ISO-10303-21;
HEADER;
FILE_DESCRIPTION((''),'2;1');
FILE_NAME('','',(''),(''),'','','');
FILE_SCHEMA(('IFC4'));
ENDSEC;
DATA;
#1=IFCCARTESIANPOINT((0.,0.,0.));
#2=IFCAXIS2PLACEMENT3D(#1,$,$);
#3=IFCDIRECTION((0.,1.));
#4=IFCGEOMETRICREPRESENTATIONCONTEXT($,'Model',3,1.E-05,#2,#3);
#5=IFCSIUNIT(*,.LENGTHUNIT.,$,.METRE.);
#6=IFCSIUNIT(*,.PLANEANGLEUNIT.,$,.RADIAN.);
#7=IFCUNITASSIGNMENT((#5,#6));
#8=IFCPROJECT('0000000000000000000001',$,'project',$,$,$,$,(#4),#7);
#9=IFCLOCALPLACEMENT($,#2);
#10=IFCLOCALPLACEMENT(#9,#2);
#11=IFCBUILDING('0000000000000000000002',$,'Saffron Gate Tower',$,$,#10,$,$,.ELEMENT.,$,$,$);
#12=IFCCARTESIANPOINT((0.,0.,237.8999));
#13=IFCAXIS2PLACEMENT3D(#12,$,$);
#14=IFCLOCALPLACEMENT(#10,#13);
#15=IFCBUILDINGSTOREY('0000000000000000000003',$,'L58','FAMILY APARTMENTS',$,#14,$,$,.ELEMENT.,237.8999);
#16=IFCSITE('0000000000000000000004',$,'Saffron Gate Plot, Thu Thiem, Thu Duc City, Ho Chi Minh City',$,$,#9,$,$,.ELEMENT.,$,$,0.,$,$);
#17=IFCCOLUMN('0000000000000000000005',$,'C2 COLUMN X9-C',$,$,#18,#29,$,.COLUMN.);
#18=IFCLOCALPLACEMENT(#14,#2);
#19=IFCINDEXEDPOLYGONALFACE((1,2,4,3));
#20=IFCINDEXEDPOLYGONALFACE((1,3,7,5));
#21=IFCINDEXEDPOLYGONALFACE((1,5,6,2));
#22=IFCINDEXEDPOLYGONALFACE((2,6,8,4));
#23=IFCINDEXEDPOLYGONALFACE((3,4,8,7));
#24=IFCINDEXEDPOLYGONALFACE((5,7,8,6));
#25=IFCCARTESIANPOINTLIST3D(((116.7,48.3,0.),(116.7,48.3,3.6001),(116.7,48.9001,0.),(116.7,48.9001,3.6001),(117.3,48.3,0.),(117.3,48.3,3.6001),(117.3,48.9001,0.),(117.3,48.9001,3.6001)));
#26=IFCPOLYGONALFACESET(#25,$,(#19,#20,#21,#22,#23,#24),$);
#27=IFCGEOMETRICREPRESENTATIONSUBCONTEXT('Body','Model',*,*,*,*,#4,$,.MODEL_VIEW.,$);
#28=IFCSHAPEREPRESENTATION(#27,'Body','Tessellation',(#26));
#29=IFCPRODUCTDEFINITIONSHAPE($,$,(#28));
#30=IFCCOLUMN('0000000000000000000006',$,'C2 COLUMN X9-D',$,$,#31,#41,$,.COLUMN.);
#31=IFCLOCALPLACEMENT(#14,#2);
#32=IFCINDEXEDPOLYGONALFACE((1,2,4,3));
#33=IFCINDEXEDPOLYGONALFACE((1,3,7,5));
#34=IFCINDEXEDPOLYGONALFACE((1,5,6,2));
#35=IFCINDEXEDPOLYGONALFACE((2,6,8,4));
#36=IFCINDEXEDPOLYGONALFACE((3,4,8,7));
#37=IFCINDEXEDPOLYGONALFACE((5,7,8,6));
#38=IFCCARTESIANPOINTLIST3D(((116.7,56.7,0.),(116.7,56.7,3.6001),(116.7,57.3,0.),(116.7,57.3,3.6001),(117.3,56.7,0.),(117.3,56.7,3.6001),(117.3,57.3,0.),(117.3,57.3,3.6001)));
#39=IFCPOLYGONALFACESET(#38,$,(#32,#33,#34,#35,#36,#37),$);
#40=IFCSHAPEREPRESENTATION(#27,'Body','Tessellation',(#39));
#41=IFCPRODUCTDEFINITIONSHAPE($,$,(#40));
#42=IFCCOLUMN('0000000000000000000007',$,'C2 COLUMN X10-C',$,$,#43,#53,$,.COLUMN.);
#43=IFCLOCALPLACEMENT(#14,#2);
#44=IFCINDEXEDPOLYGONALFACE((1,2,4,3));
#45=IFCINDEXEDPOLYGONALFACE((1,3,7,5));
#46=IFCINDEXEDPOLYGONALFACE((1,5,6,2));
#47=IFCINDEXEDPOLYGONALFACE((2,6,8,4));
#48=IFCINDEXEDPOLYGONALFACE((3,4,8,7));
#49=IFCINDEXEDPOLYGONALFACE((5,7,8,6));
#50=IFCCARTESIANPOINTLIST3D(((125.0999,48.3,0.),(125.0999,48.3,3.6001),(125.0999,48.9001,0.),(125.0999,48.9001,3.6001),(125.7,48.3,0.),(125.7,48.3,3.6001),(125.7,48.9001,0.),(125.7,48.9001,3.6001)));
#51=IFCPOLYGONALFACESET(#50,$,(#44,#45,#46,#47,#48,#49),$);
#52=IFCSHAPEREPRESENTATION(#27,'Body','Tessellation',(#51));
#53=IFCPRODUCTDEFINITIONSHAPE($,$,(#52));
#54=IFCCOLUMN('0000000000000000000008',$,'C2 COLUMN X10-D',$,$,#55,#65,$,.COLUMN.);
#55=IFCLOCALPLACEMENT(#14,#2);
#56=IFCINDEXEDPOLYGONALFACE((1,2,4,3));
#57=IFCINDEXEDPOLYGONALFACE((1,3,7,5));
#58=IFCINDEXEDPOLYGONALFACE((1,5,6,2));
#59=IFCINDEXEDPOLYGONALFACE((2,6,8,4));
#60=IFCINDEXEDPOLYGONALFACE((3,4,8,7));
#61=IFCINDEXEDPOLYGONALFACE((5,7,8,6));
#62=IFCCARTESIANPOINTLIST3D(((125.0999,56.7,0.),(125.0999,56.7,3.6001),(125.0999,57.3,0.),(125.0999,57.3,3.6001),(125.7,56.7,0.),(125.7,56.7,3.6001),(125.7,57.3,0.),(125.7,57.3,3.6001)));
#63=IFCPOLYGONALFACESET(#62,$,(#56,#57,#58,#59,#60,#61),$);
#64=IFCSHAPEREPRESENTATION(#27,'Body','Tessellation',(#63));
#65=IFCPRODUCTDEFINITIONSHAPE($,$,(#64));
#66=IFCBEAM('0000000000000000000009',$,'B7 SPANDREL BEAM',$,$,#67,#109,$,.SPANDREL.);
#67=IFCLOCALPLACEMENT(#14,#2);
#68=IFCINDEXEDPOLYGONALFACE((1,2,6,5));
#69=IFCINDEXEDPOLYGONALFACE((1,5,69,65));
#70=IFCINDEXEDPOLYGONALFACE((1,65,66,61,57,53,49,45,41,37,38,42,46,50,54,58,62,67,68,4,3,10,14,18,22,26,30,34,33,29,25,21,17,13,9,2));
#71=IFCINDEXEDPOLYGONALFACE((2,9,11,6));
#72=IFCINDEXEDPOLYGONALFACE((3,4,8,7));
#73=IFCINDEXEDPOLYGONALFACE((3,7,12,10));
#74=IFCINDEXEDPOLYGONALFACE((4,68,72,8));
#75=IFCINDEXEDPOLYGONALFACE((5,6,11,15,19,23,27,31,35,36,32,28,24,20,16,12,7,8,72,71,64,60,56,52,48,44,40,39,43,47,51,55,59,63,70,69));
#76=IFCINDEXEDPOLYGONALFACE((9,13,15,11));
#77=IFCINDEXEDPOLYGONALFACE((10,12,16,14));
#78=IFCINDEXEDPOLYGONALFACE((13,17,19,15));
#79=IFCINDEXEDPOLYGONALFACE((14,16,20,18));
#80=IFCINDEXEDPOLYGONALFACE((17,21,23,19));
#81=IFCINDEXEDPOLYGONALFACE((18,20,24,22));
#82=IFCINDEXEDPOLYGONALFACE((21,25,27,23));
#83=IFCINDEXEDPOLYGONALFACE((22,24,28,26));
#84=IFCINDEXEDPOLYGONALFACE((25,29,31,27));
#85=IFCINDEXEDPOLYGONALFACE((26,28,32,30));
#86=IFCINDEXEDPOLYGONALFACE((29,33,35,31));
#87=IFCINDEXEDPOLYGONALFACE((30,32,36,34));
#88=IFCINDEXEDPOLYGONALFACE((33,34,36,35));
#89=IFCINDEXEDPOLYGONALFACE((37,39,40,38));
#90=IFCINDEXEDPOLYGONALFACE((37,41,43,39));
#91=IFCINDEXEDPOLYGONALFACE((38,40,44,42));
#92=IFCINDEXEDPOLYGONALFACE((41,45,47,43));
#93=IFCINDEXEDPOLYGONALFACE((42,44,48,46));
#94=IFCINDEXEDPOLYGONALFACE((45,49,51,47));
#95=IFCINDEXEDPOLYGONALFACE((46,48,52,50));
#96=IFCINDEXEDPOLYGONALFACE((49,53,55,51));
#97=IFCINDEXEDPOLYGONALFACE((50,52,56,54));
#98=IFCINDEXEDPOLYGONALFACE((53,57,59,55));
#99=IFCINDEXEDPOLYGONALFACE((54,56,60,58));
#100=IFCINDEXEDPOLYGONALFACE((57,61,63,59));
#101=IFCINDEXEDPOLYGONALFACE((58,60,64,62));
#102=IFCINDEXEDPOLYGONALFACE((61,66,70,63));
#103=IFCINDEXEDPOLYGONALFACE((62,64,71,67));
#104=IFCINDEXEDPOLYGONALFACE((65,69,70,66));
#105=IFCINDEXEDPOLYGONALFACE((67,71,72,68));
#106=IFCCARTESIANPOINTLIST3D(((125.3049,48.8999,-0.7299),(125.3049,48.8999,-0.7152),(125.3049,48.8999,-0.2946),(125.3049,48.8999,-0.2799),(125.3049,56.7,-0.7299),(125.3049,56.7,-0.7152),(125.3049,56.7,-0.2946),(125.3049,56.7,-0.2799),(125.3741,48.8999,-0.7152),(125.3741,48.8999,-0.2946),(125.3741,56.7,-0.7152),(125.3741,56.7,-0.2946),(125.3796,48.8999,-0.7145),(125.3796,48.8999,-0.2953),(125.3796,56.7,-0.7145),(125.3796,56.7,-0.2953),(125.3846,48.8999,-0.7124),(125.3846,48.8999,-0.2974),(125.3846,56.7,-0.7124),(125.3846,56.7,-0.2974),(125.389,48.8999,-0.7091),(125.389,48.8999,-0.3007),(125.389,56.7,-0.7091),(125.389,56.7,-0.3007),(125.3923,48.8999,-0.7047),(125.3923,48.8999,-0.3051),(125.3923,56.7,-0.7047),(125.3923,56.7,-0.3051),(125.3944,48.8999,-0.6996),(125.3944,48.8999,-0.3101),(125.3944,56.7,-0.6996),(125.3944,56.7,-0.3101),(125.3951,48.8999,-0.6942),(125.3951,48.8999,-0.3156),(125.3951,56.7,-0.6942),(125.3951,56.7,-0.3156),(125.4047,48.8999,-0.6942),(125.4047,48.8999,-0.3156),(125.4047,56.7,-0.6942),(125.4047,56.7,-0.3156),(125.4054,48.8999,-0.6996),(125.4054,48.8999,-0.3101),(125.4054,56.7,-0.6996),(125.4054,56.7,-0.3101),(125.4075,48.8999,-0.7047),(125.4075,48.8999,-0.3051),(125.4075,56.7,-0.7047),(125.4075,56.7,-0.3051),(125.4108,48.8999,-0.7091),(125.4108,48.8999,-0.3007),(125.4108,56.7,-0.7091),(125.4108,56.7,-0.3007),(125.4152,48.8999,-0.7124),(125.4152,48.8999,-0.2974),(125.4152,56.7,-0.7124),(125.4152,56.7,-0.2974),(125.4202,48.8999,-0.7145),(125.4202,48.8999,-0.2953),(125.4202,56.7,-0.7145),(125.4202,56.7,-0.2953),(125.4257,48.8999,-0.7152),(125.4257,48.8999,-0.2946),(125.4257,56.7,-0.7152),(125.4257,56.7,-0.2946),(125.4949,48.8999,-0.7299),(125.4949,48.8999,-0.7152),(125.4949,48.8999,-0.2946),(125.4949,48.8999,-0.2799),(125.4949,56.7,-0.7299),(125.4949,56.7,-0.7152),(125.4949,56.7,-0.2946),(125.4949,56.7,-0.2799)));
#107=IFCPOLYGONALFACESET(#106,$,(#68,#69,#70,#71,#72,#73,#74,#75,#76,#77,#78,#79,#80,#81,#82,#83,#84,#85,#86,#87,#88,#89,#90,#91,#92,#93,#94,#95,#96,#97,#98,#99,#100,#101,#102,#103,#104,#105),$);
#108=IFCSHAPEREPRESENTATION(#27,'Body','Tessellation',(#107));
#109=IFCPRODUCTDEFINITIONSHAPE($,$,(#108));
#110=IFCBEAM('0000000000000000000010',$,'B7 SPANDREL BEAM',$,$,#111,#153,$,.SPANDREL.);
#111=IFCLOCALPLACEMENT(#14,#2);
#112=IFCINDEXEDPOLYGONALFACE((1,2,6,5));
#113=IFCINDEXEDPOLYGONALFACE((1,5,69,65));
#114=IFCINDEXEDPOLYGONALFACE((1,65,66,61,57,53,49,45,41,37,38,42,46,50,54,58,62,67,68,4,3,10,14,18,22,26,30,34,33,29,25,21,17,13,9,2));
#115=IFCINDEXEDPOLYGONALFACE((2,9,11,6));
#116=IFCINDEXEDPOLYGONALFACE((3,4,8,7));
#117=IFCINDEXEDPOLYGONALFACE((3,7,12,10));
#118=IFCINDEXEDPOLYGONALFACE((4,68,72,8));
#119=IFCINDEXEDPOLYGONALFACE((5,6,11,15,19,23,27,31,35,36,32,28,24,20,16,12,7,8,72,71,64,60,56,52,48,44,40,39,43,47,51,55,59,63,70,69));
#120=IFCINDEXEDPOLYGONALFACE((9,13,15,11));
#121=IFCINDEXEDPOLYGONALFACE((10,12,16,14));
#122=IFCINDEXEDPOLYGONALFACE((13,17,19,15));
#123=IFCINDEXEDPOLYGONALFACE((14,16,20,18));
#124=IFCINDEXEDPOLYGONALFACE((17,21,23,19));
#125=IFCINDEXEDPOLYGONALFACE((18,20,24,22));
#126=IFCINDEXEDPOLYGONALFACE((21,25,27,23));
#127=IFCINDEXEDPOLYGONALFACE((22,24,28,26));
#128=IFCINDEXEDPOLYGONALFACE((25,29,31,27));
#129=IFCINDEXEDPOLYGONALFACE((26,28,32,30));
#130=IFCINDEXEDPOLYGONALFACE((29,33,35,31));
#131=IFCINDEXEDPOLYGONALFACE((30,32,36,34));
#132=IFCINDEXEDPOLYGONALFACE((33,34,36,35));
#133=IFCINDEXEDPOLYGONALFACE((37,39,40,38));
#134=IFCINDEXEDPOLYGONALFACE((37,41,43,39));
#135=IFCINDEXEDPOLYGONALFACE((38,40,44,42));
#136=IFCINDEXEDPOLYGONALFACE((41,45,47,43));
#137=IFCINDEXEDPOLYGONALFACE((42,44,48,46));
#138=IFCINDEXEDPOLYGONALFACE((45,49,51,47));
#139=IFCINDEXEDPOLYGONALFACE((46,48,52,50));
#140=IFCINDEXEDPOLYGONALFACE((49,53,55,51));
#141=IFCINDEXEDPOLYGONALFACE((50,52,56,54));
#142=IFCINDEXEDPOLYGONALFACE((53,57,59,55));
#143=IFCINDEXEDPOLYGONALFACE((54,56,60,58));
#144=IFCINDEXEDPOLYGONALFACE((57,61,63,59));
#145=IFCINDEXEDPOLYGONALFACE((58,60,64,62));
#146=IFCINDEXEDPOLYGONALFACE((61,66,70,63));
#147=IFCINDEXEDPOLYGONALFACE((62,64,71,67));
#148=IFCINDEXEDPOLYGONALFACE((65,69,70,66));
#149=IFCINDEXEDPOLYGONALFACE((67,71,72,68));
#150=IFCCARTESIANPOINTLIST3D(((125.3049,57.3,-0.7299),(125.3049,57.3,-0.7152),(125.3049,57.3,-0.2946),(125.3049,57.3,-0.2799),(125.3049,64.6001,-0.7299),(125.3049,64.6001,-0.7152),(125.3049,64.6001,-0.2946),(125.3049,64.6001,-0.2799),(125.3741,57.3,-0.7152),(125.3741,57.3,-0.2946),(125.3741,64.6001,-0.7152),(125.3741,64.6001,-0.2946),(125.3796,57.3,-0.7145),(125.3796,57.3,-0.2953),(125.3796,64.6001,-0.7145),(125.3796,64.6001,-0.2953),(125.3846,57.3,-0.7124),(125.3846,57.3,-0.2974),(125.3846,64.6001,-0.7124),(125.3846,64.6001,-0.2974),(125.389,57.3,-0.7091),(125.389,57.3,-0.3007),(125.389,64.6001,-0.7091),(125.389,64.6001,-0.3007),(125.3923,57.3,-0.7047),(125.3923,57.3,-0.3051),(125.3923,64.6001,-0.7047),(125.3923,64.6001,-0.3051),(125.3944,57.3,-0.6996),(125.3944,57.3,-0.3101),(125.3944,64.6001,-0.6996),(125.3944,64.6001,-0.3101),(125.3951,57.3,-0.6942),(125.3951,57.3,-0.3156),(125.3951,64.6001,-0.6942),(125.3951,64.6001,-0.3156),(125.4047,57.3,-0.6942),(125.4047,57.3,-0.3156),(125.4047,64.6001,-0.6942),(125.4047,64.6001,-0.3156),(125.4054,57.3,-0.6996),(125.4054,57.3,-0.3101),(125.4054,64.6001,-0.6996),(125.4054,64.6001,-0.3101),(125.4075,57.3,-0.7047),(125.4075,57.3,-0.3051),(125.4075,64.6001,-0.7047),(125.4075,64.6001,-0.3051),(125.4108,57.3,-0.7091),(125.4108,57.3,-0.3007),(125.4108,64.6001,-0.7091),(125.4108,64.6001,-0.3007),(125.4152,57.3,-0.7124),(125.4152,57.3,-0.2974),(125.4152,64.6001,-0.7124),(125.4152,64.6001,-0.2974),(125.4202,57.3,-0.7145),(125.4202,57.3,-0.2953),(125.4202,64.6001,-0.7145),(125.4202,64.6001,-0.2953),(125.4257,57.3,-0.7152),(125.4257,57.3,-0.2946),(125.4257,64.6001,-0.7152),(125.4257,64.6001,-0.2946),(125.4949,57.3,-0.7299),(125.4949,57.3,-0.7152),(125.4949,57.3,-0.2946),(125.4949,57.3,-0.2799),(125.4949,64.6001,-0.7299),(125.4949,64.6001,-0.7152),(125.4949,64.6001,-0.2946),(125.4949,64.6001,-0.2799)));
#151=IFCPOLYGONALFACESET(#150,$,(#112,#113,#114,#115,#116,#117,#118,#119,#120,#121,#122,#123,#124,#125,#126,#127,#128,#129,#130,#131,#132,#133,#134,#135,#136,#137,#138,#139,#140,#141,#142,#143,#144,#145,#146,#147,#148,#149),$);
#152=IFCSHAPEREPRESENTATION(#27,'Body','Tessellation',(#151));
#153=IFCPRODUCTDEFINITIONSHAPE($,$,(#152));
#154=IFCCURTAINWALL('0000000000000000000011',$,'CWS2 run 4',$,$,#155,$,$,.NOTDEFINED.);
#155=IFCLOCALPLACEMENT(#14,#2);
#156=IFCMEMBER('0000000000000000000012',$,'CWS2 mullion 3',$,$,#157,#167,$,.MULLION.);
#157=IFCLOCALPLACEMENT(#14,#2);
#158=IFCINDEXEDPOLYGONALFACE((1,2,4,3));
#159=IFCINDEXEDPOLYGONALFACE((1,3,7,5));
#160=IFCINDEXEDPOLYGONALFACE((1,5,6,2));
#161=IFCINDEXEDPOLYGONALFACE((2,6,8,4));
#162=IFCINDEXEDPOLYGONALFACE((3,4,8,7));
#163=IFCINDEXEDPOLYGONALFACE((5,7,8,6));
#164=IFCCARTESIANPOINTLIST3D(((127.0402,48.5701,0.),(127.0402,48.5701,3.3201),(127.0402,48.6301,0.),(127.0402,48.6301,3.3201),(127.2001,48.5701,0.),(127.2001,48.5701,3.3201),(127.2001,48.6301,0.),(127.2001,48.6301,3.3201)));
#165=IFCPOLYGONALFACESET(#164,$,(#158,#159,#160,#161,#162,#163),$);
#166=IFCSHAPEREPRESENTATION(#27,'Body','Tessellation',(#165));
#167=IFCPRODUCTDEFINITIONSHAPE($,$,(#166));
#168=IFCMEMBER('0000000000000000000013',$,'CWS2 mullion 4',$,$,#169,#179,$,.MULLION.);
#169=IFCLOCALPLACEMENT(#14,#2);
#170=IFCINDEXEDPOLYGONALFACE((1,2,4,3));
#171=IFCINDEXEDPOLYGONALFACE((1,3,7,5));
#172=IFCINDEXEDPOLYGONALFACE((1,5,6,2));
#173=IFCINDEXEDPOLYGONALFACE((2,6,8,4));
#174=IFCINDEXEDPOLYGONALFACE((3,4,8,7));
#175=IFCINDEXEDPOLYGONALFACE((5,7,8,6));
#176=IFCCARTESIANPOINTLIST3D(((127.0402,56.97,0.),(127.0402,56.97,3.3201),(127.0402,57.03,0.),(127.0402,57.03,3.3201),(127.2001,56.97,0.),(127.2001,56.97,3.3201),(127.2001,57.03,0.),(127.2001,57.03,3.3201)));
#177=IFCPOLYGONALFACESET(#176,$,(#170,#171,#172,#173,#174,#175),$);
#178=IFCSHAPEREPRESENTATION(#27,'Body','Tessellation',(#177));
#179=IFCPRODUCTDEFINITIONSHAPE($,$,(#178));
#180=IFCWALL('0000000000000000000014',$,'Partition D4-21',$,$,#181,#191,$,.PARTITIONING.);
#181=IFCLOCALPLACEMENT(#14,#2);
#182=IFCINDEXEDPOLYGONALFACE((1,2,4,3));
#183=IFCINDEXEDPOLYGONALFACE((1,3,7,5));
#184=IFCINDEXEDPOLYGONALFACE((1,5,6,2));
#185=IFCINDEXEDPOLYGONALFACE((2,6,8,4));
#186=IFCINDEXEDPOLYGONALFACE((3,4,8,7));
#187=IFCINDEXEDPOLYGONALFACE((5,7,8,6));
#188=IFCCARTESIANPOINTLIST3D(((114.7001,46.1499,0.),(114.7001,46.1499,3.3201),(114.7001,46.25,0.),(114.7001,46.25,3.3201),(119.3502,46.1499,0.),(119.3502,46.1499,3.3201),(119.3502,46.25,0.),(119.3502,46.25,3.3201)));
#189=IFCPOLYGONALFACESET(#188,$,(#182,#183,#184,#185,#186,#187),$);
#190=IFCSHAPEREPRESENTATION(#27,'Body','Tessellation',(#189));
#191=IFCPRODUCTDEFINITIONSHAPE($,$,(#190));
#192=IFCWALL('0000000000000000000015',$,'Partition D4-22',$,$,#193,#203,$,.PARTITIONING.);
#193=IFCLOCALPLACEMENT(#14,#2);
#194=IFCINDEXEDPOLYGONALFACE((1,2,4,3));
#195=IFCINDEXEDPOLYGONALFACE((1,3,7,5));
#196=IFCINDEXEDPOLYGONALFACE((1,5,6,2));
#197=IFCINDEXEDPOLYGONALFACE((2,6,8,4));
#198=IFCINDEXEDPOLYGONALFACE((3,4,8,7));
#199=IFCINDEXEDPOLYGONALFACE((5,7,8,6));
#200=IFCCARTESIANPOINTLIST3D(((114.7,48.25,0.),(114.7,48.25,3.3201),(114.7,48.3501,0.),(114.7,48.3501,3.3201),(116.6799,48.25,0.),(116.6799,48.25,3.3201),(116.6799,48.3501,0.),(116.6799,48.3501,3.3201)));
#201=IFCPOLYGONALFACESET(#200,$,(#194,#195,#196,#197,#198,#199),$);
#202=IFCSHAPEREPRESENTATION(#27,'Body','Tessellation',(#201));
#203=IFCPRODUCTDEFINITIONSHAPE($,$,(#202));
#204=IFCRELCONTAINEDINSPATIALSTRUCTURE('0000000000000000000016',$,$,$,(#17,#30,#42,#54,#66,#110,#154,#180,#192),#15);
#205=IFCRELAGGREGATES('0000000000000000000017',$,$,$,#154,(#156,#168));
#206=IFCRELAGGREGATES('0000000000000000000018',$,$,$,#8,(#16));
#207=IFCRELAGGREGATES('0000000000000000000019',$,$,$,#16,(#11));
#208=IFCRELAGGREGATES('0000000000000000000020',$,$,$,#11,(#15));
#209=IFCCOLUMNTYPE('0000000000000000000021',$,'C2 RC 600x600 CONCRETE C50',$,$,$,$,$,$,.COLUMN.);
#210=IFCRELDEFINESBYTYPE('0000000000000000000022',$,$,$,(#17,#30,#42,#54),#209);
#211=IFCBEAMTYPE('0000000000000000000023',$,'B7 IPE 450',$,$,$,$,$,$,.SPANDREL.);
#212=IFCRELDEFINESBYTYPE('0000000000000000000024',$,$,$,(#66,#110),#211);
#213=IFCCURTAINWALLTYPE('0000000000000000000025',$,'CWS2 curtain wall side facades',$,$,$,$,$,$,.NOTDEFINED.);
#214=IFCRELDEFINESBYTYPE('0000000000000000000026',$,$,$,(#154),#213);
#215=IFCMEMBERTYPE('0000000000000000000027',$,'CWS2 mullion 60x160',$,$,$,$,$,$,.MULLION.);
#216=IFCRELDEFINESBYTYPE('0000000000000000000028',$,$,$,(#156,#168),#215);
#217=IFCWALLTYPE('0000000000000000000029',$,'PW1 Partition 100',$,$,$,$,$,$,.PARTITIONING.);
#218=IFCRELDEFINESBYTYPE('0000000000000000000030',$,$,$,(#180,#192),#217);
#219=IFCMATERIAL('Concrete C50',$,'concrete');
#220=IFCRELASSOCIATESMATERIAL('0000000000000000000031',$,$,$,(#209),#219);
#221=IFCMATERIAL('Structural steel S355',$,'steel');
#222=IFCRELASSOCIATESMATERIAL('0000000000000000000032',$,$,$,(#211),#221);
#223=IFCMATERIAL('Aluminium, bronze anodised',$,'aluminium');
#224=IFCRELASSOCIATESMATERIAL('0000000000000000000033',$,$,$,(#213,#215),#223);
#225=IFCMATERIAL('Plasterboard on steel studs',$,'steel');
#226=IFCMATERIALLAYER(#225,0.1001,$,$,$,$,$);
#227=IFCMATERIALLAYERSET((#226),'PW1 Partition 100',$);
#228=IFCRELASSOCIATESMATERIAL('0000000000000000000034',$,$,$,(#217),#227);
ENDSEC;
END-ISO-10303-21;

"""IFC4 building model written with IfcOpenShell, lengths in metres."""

from ifc_helpers import new_model, si_unit, direction, frame, frame_2d, origin, origin_2d, place, context, subcontext, project, spatial, rectangle, i_section, extrude, material, layer, layer_set, material_profile, profile_set, type_object, element, aggregate, save


model = new_model("IFC4")

# Units and contexts
model_context = context("Model", 3, precision=1e-05, world=origin(), true_north=direction((0.0, 1.0)))
body_context = subcontext(model_context, "Body", "Model", "MODEL_VIEW")
ifc_project = project(units=[si_unit("LENGTHUNIT", "METRE"), si_unit("PLANEANGLEUNIT", "RADIAN")], contexts=[model_context])

# Site, building, storey
site_placement = place(None, origin())
site = spatial("IfcSite", under=ifc_project, at=site_placement, Name="Saffron Gate Plot, Thu Thiem, Thu Duc City, Ho Chi Minh City", CompositionType="ELEMENT", RefElevation=0.0)
building_placement = place(site_placement, origin())
building = spatial("IfcBuilding", under=site, at=building_placement, Name="Saffron Gate Tower", CompositionType="ELEMENT")
storey_placement = place(building_placement, frame((0.0, 0.0, 237.8999)))
storey = spatial("IfcBuildingStorey", under=building, at=storey_placement, Name="L58", Description="FAMILY APARTMENTS", CompositionType="ELEMENT", Elevation=237.8999)

# Columns
ifc_material_1 = material(Name="Concrete C50", Category="concrete")
ifc_material_profile_1 = material_profile(ifc_material_1, rectangle(XDim=0.6001, YDim=0.6001, at=origin_2d()))
ifc_profile_set_1 = profile_set([ifc_material_profile_1], Name="Concrete C50")
column_type = type_object("IfcColumnType", Name="C2 RC 600x600 CONCRETE C50", PredefinedType="COLUMN", material=ifc_profile_set_1)
for number, where, z_axis, x_axis, name in (
    (1, (117.0, 48.6001, 0.0), (0.0, 0.0, 1.0), (1.0, 0.0, 0.0), "C2 COLUMN X9-C"),
    (2, (117.0, 57.0, 0.0), (0.0, 0.0, 1.0), (1.0, 0.0, 0.0), "C2 COLUMN X9-D"),
    (3, (125.3999, 48.6001, 0.0), (0.0, 0.0, 1.0), (1.0, 0.0, 0.0), "C2 COLUMN X10-C"),
    (4, (125.3999, 57.0, 0.0), (0.0, 0.0, 1.0), (1.0, 0.0, 0.0), "C2 COLUMN X10-D"),
):
    element("IfcColumn", number, at=place(storey_placement, frame(where, z_axis=z_axis, x_axis=x_axis)), inside=storey, type_object=column_type, Name=name, PredefinedType="COLUMN", context=body_context, shape_type="SweptSolid", body=[
        extrude(rectangle(XDim=0.6001, YDim=0.6001, at=origin_2d()), origin(), (0.0, 0.0, 1.0), 3.6001),
    ])

# Beams
ifc_material_2 = material(Name="Structural steel S355", Category="steel")
ifc_material_profile_2 = material_profile(ifc_material_2, i_section(OverallWidth=0.1899, OverallDepth=0.45, WebThickness=0.0095, FlangeThickness=0.0146, FilletRadius=0.021, at=origin_2d()))
ifc_profile_set_2 = profile_set([ifc_material_profile_2], Name="Structural steel S355")
beam_type = type_object("IfcBeamType", Name="B7 IPE 450", PredefinedType="SPANDREL", material=ifc_profile_set_2)
beam_1_placement = place(storey_placement, frame((125.3999, 48.8999, -0.5049), z_axis=(0.0, 1.0, 0.0), x_axis=(-1.0, 0.0, 0.0)))
element("IfcBeam", 5, at=beam_1_placement, inside=storey, type_object=beam_type, Name="B7 SPANDREL BEAM", PredefinedType="SPANDREL", context=body_context, shape_type="SweptSolid", body=[
    extrude(i_section(OverallWidth=0.1899, OverallDepth=0.45, WebThickness=0.0095, FlangeThickness=0.0146, FilletRadius=0.021, at=origin_2d()), origin(), (0.0, 0.0, 1.0), 7.8),
])
beam_2_placement = place(storey_placement, frame((125.3999, 57.3, -0.5049), z_axis=(0.0, 1.0, 0.0), x_axis=(-1.0, 0.0, 0.0)))
element("IfcBeam", 6, at=beam_2_placement, inside=storey, type_object=beam_type, Name="B7 SPANDREL BEAM", PredefinedType="SPANDREL", context=body_context, shape_type="SweptSolid", body=[
    extrude(i_section(OverallWidth=0.1899, OverallDepth=0.45, WebThickness=0.0095, FlangeThickness=0.0146, FilletRadius=0.021, at=origin_2d()), origin(), (0.0, 0.0, 1.0), 7.3),
])

# Curtain wall, members
ifc_material_3 = material(Name="Aluminium, bronze anodised", Category="aluminium")
curtain_wall_type = type_object("IfcCurtainWallType", Name="CWS2 curtain wall side facades", PredefinedType="NOTDEFINED", material=ifc_material_3)
curtain_wall_placement = place(storey_placement, origin())
curtain_wall = element("IfcCurtainWall", 7, at=curtain_wall_placement, inside=storey, type_object=curtain_wall_type, Name="CWS2 run 4", PredefinedType="NOTDEFINED")
ifc_material_profile_3 = material_profile(ifc_material_3, rectangle(XDim=0.1599, YDim=0.0601, at=origin_2d()))
ifc_profile_set_3 = profile_set([ifc_material_profile_3], Name="Aluminium, bronze anodised")
member_type = type_object("IfcMemberType", Name="CWS2 mullion 60x160", PredefinedType="MULLION", material=ifc_profile_set_3)
member_1_placement = place(storey_placement, frame((127.1201, 48.6001, 0.0), z_axis=(0.0, 0.0, 1.0), x_axis=(-1.0, 0.0, 0.0)))
member_1 = element("IfcMember", 8, at=member_1_placement, type_object=member_type, Name="CWS2 mullion 3", PredefinedType="MULLION", context=body_context, shape_type="SweptSolid", body=[
    extrude(rectangle(XDim=0.1599, YDim=0.0601, at=origin_2d()), origin(), (0.0, 0.0, 1.0), 3.3201),
])
member_2_placement = place(storey_placement, frame((127.1201, 57.0, 0.0), z_axis=(0.0, 0.0, 1.0), x_axis=(-1.0, 0.0, 0.0)))
member_2 = element("IfcMember", 9, at=member_2_placement, type_object=member_type, Name="CWS2 mullion 4", PredefinedType="MULLION", context=body_context, shape_type="SweptSolid", body=[
    extrude(rectangle(XDim=0.1599, YDim=0.0601, at=origin_2d()), origin(), (0.0, 0.0, 1.0), 3.3201),
])
aggregate(curtain_wall, [member_1, member_2])

# Walls
ifc_material_4 = material(Name="Plasterboard on steel studs", Category="steel")
ifc_layer_1 = layer(ifc_material_4, 0.1001)
ifc_layer_set_1 = layer_set([ifc_layer_1], Name="PW1 Partition 100")
wall_type_1 = type_object("IfcWallType", Name="PW1 Partition 100", PredefinedType="PARTITIONING", material=ifc_layer_set_1)
wall_1_placement = place(storey_placement, frame((114.7, 46.2, 0.0), z_axis=(0.0, 0.0, 1.0), x_axis=(1.0, 0.0, 0.0)))
element("IfcWall", 10, at=wall_1_placement, inside=storey, type_object=wall_type_1, Name="Partition D4-21", PredefinedType="PARTITIONING", context=body_context, shape_type="SweptSolid", body=[
    extrude(rectangle(XDim=4.6501, YDim=0.1001, at=frame_2d((2.3252, 0.0))), origin(), (0.0, 0.0, 1.0), 3.3201),
])
wall_2_placement = place(storey_placement, frame((114.7, 48.3, 0.0), z_axis=(0.0, 0.0, 1.0), x_axis=(1.0, 0.0, 0.0)))
element("IfcWall", 11, at=wall_2_placement, inside=storey, type_object=wall_type_1, Name="Partition D4-22", PredefinedType="PARTITIONING", context=body_context, shape_type="SweptSolid", body=[
    extrude(rectangle(XDim=1.98, YDim=0.1001, at=frame_2d((0.99, 0.0))), origin(), (0.0, 0.0, 1.0), 3.3201),
])

save(model, "model.ifc")
